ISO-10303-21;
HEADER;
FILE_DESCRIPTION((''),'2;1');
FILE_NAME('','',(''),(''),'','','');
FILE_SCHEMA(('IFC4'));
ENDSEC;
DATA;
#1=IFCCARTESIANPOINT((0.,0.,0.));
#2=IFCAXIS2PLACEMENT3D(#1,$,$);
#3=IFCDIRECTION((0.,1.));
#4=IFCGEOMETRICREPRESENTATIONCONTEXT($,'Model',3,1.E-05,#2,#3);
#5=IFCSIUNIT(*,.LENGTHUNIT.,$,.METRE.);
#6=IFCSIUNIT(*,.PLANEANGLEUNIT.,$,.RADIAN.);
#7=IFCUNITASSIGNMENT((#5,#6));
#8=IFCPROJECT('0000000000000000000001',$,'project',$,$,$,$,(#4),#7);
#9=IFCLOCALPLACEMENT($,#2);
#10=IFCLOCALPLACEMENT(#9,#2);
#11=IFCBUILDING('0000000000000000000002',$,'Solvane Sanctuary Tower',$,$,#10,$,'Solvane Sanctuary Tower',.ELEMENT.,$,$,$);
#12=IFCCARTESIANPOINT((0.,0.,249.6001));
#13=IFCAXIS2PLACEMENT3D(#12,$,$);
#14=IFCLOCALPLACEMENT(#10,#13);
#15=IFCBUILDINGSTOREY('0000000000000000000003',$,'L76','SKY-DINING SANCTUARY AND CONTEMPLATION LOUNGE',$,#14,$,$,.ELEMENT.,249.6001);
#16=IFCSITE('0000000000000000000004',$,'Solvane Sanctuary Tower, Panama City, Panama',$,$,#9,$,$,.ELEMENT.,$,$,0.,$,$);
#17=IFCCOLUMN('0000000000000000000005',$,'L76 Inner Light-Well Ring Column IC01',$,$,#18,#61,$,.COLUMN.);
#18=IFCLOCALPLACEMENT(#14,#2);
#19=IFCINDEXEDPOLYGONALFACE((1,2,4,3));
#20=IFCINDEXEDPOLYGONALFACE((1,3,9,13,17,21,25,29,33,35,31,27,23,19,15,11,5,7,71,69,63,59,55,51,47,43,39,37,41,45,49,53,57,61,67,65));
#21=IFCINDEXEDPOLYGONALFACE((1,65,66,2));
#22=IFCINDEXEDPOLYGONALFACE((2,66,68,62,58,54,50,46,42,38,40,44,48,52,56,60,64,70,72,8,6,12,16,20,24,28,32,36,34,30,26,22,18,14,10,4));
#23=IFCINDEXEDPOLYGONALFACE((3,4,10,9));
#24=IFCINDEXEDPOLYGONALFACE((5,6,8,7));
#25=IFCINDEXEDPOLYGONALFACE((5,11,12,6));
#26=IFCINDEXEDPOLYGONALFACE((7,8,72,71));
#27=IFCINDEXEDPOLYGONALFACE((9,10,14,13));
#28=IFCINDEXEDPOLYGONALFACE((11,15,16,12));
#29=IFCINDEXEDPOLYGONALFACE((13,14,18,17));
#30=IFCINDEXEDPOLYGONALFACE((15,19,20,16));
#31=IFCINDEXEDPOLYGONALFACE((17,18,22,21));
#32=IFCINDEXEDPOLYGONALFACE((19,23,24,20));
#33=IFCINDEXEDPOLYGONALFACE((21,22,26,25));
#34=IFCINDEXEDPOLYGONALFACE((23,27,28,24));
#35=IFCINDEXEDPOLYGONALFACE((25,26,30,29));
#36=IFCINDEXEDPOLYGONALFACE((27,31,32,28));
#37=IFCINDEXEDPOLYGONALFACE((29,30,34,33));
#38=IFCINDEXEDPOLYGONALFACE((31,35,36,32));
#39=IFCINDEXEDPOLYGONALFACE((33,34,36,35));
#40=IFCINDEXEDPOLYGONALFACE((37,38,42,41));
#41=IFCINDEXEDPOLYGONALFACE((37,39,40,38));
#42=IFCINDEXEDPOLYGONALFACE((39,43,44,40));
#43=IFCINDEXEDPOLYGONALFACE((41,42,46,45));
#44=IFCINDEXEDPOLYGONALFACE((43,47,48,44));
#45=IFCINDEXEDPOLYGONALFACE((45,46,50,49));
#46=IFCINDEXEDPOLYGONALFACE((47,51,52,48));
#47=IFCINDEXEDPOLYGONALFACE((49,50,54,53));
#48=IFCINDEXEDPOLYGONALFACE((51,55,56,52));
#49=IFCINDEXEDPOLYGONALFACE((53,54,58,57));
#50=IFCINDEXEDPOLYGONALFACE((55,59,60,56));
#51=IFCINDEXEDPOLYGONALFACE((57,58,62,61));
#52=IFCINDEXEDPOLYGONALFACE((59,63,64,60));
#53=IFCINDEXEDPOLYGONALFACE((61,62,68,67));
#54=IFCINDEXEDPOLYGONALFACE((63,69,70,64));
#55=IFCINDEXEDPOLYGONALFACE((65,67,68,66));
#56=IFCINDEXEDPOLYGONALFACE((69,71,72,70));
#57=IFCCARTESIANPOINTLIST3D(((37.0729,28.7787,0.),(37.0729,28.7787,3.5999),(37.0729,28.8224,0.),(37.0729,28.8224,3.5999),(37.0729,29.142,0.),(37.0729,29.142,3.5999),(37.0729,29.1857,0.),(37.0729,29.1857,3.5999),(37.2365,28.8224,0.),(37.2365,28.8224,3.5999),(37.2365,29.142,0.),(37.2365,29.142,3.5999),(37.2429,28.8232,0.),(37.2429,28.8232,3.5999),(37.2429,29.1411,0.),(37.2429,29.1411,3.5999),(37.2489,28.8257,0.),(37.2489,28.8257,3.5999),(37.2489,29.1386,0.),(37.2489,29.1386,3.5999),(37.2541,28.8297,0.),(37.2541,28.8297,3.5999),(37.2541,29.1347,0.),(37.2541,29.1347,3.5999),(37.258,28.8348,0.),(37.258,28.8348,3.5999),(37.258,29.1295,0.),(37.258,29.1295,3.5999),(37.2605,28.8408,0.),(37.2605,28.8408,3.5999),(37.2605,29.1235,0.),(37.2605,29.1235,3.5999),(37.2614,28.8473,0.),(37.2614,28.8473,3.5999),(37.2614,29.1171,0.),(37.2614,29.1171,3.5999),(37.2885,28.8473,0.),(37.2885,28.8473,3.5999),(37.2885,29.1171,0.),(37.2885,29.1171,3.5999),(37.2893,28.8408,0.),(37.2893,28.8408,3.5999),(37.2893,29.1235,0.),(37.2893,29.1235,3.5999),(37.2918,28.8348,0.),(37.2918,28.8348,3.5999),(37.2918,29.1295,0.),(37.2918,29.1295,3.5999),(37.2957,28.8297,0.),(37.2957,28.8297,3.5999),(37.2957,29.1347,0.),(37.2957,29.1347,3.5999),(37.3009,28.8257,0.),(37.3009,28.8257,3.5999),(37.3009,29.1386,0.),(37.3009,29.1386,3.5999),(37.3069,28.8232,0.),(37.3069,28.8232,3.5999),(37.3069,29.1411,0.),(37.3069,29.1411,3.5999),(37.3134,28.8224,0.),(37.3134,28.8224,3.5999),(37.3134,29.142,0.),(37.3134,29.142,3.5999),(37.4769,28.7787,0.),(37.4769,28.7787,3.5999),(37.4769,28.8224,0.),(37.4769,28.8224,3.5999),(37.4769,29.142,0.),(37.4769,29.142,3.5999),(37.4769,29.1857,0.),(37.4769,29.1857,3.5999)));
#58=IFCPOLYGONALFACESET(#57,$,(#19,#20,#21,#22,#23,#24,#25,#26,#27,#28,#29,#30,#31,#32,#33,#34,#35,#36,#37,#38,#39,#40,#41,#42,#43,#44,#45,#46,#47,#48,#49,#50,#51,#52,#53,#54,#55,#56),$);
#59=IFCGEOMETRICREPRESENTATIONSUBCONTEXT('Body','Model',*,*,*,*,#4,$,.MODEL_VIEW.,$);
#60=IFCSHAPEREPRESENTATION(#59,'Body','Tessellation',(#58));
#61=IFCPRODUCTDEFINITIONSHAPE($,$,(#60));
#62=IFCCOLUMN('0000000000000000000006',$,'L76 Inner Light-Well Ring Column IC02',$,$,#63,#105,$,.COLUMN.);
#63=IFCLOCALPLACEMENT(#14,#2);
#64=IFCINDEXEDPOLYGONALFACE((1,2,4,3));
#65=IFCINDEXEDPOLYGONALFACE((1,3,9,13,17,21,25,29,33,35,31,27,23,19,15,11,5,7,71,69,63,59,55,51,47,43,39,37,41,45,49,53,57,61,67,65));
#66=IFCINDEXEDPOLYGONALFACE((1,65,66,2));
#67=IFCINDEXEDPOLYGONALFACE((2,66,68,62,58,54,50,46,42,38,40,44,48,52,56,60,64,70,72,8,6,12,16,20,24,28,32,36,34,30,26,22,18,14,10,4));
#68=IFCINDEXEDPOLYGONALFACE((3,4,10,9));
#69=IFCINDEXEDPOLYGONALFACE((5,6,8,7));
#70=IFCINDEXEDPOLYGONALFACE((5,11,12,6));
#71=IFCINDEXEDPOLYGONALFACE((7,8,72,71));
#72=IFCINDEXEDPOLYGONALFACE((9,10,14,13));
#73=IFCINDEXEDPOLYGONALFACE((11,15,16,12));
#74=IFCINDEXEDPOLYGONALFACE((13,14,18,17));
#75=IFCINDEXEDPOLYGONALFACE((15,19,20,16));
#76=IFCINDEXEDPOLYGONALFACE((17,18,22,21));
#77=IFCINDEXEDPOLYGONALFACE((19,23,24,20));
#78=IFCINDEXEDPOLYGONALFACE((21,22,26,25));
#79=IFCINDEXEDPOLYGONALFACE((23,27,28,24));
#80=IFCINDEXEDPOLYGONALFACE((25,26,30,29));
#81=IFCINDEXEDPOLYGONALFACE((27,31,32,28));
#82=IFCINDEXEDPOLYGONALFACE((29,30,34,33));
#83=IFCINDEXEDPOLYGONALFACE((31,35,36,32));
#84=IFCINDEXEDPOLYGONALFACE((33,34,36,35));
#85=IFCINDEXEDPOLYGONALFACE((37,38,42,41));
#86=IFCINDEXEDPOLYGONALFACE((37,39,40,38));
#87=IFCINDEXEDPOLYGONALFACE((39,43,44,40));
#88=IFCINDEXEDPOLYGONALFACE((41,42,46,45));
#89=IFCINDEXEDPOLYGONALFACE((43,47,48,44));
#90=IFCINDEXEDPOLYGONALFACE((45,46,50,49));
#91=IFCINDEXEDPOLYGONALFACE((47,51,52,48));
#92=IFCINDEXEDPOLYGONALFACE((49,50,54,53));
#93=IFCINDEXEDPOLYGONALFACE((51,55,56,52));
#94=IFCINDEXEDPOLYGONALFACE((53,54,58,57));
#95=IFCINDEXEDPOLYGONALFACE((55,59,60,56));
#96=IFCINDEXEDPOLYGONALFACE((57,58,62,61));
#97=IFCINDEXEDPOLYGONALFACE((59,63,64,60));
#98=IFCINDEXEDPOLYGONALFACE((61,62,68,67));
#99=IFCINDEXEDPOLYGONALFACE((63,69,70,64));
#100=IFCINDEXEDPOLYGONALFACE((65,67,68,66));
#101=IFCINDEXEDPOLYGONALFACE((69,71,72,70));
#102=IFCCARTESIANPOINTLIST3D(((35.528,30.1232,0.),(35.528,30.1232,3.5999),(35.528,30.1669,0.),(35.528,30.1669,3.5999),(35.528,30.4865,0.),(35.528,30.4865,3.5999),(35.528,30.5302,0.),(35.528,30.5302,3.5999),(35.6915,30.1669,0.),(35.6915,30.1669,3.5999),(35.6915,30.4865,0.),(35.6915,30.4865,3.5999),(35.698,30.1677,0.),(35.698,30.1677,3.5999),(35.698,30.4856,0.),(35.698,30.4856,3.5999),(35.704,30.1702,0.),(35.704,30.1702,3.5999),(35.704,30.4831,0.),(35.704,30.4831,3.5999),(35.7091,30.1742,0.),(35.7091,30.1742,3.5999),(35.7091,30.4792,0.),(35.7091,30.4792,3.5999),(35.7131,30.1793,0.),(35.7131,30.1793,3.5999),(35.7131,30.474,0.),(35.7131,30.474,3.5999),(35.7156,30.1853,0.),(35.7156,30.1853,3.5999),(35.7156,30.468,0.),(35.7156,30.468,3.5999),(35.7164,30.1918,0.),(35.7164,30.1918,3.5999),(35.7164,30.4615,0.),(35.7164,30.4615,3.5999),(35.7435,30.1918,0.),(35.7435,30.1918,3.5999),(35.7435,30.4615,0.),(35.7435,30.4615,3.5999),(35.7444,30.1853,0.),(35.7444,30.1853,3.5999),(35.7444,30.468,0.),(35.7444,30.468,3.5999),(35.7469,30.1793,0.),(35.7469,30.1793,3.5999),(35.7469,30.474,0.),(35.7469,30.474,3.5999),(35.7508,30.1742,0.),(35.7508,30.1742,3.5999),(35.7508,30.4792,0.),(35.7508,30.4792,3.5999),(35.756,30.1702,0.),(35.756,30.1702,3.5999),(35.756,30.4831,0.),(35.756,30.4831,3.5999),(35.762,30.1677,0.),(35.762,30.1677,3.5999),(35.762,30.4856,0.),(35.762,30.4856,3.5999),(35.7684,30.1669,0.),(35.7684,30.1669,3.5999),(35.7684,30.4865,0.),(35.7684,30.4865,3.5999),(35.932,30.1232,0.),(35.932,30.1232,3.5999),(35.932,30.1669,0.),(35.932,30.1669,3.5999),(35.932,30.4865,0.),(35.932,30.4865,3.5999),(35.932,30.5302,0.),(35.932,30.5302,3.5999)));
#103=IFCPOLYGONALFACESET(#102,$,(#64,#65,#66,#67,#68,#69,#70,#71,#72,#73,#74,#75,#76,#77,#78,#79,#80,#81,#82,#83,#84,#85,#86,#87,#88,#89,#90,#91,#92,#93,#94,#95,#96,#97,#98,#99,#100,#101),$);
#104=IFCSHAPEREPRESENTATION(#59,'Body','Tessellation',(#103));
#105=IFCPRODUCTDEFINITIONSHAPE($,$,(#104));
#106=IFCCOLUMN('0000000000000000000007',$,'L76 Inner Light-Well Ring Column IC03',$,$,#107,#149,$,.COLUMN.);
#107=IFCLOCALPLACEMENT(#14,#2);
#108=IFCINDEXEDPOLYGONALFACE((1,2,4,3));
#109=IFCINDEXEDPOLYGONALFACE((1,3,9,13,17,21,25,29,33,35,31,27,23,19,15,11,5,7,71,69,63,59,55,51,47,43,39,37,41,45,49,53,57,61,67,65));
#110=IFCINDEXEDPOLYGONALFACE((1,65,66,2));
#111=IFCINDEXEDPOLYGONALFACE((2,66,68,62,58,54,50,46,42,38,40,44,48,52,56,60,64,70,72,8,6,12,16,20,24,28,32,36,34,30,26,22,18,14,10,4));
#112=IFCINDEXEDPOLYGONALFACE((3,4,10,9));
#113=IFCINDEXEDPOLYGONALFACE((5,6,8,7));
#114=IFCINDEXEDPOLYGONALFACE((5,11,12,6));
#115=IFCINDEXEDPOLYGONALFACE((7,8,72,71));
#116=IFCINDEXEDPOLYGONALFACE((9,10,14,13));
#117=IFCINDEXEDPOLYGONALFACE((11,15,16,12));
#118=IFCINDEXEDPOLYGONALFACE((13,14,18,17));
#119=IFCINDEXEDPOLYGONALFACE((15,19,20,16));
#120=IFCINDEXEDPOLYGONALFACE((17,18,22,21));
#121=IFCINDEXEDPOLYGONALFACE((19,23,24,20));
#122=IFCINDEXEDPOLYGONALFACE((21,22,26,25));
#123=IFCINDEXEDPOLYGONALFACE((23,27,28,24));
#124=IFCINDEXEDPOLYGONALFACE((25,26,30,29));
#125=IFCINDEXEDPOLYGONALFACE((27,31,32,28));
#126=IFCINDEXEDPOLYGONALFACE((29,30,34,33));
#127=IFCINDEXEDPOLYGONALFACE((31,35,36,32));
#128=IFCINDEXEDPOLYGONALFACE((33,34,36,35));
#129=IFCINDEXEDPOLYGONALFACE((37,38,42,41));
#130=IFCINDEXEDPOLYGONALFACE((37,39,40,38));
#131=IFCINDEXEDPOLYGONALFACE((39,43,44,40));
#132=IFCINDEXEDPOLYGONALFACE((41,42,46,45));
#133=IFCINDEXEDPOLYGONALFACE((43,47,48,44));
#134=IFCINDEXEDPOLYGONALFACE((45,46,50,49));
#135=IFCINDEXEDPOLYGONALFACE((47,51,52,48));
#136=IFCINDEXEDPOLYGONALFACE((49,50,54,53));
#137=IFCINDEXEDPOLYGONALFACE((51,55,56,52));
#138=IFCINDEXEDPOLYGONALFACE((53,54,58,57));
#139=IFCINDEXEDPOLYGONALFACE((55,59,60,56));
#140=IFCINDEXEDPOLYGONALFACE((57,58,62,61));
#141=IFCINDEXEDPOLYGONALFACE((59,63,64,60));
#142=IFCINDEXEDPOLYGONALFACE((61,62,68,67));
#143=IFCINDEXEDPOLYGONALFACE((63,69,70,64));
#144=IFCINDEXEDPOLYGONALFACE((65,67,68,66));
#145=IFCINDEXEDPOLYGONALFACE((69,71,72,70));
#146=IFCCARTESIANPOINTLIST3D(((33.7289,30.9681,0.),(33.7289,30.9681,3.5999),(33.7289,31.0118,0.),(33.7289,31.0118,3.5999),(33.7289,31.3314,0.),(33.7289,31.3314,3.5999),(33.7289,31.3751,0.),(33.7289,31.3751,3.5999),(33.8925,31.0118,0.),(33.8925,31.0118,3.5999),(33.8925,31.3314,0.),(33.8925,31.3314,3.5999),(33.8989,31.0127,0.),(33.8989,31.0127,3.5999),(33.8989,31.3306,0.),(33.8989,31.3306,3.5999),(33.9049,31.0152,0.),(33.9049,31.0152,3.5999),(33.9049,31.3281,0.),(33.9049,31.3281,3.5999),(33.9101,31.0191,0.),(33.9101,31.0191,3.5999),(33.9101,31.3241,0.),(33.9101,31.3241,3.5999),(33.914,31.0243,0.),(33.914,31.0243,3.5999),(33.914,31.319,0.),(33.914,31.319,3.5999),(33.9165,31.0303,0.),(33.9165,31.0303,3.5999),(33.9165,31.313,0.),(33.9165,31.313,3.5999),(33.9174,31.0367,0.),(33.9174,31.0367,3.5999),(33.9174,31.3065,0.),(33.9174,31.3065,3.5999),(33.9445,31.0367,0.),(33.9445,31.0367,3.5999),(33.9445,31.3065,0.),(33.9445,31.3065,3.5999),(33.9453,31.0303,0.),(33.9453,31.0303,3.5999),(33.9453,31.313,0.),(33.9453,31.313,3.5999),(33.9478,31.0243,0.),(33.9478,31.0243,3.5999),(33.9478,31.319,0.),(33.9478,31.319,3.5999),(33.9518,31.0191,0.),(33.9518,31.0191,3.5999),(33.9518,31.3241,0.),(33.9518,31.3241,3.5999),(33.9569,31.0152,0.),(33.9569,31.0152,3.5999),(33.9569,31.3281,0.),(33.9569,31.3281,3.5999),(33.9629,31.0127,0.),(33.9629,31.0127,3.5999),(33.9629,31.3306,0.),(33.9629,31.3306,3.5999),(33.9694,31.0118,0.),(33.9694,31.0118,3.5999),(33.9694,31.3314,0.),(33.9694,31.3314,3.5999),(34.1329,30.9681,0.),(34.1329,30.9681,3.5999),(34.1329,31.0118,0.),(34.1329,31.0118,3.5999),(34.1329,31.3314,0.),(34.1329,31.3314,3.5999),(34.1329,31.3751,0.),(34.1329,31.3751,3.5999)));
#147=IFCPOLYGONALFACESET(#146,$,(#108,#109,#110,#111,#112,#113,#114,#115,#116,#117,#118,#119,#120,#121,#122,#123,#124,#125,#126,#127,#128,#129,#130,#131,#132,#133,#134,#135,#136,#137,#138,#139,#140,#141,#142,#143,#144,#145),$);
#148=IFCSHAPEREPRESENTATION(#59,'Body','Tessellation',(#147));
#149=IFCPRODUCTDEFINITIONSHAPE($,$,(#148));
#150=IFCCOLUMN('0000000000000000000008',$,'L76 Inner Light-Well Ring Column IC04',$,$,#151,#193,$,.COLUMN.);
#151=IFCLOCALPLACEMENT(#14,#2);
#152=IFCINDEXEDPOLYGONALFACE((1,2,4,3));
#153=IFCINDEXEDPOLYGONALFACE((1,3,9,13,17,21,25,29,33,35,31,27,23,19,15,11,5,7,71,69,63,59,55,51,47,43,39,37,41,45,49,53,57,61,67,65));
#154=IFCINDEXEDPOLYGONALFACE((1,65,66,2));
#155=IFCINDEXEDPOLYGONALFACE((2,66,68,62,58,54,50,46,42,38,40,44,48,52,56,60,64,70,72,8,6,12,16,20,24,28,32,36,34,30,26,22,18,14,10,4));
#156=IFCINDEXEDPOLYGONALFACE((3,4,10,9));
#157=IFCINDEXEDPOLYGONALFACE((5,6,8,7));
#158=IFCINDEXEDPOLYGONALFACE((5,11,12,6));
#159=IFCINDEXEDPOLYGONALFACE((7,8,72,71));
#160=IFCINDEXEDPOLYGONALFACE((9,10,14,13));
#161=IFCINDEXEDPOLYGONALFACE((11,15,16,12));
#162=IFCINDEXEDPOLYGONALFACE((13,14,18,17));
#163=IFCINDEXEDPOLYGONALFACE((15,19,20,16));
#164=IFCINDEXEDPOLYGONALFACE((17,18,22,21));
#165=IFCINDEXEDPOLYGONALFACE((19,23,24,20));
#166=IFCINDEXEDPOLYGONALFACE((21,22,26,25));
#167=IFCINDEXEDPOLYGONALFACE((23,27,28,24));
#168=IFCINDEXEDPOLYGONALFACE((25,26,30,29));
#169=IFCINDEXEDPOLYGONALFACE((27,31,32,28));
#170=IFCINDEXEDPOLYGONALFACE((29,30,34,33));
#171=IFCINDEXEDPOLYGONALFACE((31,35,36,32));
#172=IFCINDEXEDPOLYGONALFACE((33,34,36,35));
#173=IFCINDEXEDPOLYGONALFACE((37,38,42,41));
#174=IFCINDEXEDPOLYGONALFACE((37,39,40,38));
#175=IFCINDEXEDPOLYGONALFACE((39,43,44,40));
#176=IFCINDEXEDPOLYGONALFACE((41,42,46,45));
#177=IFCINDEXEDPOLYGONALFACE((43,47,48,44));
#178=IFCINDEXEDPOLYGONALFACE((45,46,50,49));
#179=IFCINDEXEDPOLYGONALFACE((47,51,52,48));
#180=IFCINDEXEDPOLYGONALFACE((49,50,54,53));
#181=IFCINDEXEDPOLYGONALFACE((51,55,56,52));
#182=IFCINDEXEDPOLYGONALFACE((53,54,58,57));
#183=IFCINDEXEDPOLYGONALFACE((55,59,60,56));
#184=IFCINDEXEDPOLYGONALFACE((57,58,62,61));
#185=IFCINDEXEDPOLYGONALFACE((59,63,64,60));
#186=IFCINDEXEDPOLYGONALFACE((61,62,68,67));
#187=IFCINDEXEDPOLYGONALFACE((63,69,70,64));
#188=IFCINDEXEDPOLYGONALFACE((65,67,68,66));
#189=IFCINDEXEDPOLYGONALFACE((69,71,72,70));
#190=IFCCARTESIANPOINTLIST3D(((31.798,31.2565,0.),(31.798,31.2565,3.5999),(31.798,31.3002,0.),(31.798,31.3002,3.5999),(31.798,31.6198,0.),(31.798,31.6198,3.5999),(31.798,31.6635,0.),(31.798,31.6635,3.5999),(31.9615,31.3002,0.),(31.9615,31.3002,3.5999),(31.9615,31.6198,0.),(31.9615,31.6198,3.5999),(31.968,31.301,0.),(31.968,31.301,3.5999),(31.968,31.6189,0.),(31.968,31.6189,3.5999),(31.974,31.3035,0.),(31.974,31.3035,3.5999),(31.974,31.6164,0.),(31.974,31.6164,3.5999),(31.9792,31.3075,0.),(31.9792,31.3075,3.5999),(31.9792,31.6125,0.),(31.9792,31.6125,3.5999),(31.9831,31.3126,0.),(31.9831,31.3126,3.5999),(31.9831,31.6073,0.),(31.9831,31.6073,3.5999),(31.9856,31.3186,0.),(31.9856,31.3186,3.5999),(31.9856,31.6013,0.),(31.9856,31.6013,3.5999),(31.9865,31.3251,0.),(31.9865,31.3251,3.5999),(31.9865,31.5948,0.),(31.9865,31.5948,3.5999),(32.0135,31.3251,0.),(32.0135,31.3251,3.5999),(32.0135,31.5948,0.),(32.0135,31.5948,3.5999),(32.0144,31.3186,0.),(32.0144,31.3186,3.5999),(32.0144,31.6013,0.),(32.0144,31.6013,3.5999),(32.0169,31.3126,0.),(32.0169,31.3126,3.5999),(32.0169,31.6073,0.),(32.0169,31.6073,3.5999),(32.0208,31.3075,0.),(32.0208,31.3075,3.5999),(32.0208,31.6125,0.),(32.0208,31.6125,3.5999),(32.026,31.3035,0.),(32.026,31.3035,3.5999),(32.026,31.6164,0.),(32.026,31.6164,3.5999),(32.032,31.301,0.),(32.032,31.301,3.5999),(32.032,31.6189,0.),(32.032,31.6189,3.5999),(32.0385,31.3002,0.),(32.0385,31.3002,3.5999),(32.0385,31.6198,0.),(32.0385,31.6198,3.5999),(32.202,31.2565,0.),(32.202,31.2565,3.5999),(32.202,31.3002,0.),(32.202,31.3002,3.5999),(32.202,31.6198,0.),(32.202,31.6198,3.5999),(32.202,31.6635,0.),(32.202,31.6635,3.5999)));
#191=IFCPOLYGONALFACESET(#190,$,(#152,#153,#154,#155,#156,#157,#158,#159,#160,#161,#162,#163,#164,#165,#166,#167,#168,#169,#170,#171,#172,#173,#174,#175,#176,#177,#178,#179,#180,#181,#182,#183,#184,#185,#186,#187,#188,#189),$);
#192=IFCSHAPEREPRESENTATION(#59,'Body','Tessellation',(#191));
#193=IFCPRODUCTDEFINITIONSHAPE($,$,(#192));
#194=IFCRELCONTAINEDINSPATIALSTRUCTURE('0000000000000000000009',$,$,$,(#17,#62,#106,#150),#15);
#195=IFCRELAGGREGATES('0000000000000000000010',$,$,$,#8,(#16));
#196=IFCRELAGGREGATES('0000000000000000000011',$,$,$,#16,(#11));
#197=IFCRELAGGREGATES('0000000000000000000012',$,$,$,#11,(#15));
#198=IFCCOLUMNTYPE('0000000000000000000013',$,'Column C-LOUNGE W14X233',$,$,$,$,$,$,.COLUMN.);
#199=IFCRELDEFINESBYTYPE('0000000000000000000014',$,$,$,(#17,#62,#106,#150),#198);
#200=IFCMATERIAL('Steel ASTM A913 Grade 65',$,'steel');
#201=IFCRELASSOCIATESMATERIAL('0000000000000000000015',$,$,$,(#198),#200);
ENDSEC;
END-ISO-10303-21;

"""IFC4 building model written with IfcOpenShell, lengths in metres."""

from ifc_helpers import new_model, si_unit, direction, frame, origin, origin_2d, place, context, subcontext, project, spatial, i_section, extrude, material, material_profile, profile_set, type_object, element, save


model = new_model("IFC4")

# Units and contexts
model_context = context("Model", 3, precision=1e-05, world=origin(), true_north=direction((0.0, 1.0)))
body_context = subcontext(model_context, "Body", "Model", "MODEL_VIEW")
ifc_project = project(units=[si_unit("LENGTHUNIT", "METRE"), si_unit("PLANEANGLEUNIT", "RADIAN")], contexts=[model_context])

# Site, building, storey
site_placement = place(None, origin())
site = spatial("IfcSite", under=ifc_project, at=site_placement, Name="Solvane Sanctuary Tower, Panama City, Panama", CompositionType="ELEMENT", RefElevation=0.0)
building_placement = place(site_placement, origin())
building = spatial("IfcBuilding", under=site, at=building_placement, Name="Solvane Sanctuary Tower", LongName="Solvane Sanctuary Tower", CompositionType="ELEMENT")
storey_placement = place(building_placement, frame((0.0, 0.0, 249.6001)))
storey = spatial("IfcBuildingStorey", under=building, at=storey_placement, Name="L76", Description="SKY-DINING SANCTUARY AND CONTEMPLATION LOUNGE", CompositionType="ELEMENT", Elevation=249.6001)

# Columns
ifc_material_1 = material(Name="Steel ASTM A913 Grade 65", Category="steel")
ifc_material_profile_1 = material_profile(ifc_material_1, i_section(OverallWidth=0.4041, OverallDepth=0.407, WebThickness=0.0271, FlangeThickness=0.0437, FilletRadius=0.0249, at=origin_2d()), Name="W14X233")
ifc_profile_set_1 = profile_set([ifc_material_profile_1], Name="Steel ASTM A913 Grade 65")
column_type = type_object("IfcColumnType", Name="Column C-LOUNGE W14X233", PredefinedType="COLUMN", material=ifc_profile_set_1)
for number, where, z_axis, x_axis, name in (
    (1, (37.2749, 28.9822, 0.0), (0.0, 0.0, 1.0), (1.0, 0.0, 0.0), "L76 Inner Light-Well Ring Column IC01"),
    (2, (35.73, 30.3267, 0.0), (0.0, 0.0, 1.0), (1.0, 0.0, 0.0), "L76 Inner Light-Well Ring Column IC02"),
    (3, (33.9309, 31.1716, 0.0), (0.0, 0.0, 1.0), (1.0, 0.0, 0.0), "L76 Inner Light-Well Ring Column IC03"),
    (4, (32.0, 31.46, 0.0), (0.0, 0.0, 1.0), (1.0, 0.0, 0.0), "L76 Inner Light-Well Ring Column IC04"),
):
    element("IfcColumn", number, at=place(storey_placement, frame(where, z_axis=z_axis, x_axis=x_axis)), inside=storey, type_object=column_type, Name=name, PredefinedType="COLUMN", context=body_context, shape_type="SweptSolid", body=[
        extrude(i_section(OverallWidth=0.4041, OverallDepth=0.407, WebThickness=0.0271, FlangeThickness=0.0437, FilletRadius=0.0249, at=origin_2d()), origin(), (0.0, 0.0, 1.0), 3.5999),
    ])

save(model, "model.ifc")
